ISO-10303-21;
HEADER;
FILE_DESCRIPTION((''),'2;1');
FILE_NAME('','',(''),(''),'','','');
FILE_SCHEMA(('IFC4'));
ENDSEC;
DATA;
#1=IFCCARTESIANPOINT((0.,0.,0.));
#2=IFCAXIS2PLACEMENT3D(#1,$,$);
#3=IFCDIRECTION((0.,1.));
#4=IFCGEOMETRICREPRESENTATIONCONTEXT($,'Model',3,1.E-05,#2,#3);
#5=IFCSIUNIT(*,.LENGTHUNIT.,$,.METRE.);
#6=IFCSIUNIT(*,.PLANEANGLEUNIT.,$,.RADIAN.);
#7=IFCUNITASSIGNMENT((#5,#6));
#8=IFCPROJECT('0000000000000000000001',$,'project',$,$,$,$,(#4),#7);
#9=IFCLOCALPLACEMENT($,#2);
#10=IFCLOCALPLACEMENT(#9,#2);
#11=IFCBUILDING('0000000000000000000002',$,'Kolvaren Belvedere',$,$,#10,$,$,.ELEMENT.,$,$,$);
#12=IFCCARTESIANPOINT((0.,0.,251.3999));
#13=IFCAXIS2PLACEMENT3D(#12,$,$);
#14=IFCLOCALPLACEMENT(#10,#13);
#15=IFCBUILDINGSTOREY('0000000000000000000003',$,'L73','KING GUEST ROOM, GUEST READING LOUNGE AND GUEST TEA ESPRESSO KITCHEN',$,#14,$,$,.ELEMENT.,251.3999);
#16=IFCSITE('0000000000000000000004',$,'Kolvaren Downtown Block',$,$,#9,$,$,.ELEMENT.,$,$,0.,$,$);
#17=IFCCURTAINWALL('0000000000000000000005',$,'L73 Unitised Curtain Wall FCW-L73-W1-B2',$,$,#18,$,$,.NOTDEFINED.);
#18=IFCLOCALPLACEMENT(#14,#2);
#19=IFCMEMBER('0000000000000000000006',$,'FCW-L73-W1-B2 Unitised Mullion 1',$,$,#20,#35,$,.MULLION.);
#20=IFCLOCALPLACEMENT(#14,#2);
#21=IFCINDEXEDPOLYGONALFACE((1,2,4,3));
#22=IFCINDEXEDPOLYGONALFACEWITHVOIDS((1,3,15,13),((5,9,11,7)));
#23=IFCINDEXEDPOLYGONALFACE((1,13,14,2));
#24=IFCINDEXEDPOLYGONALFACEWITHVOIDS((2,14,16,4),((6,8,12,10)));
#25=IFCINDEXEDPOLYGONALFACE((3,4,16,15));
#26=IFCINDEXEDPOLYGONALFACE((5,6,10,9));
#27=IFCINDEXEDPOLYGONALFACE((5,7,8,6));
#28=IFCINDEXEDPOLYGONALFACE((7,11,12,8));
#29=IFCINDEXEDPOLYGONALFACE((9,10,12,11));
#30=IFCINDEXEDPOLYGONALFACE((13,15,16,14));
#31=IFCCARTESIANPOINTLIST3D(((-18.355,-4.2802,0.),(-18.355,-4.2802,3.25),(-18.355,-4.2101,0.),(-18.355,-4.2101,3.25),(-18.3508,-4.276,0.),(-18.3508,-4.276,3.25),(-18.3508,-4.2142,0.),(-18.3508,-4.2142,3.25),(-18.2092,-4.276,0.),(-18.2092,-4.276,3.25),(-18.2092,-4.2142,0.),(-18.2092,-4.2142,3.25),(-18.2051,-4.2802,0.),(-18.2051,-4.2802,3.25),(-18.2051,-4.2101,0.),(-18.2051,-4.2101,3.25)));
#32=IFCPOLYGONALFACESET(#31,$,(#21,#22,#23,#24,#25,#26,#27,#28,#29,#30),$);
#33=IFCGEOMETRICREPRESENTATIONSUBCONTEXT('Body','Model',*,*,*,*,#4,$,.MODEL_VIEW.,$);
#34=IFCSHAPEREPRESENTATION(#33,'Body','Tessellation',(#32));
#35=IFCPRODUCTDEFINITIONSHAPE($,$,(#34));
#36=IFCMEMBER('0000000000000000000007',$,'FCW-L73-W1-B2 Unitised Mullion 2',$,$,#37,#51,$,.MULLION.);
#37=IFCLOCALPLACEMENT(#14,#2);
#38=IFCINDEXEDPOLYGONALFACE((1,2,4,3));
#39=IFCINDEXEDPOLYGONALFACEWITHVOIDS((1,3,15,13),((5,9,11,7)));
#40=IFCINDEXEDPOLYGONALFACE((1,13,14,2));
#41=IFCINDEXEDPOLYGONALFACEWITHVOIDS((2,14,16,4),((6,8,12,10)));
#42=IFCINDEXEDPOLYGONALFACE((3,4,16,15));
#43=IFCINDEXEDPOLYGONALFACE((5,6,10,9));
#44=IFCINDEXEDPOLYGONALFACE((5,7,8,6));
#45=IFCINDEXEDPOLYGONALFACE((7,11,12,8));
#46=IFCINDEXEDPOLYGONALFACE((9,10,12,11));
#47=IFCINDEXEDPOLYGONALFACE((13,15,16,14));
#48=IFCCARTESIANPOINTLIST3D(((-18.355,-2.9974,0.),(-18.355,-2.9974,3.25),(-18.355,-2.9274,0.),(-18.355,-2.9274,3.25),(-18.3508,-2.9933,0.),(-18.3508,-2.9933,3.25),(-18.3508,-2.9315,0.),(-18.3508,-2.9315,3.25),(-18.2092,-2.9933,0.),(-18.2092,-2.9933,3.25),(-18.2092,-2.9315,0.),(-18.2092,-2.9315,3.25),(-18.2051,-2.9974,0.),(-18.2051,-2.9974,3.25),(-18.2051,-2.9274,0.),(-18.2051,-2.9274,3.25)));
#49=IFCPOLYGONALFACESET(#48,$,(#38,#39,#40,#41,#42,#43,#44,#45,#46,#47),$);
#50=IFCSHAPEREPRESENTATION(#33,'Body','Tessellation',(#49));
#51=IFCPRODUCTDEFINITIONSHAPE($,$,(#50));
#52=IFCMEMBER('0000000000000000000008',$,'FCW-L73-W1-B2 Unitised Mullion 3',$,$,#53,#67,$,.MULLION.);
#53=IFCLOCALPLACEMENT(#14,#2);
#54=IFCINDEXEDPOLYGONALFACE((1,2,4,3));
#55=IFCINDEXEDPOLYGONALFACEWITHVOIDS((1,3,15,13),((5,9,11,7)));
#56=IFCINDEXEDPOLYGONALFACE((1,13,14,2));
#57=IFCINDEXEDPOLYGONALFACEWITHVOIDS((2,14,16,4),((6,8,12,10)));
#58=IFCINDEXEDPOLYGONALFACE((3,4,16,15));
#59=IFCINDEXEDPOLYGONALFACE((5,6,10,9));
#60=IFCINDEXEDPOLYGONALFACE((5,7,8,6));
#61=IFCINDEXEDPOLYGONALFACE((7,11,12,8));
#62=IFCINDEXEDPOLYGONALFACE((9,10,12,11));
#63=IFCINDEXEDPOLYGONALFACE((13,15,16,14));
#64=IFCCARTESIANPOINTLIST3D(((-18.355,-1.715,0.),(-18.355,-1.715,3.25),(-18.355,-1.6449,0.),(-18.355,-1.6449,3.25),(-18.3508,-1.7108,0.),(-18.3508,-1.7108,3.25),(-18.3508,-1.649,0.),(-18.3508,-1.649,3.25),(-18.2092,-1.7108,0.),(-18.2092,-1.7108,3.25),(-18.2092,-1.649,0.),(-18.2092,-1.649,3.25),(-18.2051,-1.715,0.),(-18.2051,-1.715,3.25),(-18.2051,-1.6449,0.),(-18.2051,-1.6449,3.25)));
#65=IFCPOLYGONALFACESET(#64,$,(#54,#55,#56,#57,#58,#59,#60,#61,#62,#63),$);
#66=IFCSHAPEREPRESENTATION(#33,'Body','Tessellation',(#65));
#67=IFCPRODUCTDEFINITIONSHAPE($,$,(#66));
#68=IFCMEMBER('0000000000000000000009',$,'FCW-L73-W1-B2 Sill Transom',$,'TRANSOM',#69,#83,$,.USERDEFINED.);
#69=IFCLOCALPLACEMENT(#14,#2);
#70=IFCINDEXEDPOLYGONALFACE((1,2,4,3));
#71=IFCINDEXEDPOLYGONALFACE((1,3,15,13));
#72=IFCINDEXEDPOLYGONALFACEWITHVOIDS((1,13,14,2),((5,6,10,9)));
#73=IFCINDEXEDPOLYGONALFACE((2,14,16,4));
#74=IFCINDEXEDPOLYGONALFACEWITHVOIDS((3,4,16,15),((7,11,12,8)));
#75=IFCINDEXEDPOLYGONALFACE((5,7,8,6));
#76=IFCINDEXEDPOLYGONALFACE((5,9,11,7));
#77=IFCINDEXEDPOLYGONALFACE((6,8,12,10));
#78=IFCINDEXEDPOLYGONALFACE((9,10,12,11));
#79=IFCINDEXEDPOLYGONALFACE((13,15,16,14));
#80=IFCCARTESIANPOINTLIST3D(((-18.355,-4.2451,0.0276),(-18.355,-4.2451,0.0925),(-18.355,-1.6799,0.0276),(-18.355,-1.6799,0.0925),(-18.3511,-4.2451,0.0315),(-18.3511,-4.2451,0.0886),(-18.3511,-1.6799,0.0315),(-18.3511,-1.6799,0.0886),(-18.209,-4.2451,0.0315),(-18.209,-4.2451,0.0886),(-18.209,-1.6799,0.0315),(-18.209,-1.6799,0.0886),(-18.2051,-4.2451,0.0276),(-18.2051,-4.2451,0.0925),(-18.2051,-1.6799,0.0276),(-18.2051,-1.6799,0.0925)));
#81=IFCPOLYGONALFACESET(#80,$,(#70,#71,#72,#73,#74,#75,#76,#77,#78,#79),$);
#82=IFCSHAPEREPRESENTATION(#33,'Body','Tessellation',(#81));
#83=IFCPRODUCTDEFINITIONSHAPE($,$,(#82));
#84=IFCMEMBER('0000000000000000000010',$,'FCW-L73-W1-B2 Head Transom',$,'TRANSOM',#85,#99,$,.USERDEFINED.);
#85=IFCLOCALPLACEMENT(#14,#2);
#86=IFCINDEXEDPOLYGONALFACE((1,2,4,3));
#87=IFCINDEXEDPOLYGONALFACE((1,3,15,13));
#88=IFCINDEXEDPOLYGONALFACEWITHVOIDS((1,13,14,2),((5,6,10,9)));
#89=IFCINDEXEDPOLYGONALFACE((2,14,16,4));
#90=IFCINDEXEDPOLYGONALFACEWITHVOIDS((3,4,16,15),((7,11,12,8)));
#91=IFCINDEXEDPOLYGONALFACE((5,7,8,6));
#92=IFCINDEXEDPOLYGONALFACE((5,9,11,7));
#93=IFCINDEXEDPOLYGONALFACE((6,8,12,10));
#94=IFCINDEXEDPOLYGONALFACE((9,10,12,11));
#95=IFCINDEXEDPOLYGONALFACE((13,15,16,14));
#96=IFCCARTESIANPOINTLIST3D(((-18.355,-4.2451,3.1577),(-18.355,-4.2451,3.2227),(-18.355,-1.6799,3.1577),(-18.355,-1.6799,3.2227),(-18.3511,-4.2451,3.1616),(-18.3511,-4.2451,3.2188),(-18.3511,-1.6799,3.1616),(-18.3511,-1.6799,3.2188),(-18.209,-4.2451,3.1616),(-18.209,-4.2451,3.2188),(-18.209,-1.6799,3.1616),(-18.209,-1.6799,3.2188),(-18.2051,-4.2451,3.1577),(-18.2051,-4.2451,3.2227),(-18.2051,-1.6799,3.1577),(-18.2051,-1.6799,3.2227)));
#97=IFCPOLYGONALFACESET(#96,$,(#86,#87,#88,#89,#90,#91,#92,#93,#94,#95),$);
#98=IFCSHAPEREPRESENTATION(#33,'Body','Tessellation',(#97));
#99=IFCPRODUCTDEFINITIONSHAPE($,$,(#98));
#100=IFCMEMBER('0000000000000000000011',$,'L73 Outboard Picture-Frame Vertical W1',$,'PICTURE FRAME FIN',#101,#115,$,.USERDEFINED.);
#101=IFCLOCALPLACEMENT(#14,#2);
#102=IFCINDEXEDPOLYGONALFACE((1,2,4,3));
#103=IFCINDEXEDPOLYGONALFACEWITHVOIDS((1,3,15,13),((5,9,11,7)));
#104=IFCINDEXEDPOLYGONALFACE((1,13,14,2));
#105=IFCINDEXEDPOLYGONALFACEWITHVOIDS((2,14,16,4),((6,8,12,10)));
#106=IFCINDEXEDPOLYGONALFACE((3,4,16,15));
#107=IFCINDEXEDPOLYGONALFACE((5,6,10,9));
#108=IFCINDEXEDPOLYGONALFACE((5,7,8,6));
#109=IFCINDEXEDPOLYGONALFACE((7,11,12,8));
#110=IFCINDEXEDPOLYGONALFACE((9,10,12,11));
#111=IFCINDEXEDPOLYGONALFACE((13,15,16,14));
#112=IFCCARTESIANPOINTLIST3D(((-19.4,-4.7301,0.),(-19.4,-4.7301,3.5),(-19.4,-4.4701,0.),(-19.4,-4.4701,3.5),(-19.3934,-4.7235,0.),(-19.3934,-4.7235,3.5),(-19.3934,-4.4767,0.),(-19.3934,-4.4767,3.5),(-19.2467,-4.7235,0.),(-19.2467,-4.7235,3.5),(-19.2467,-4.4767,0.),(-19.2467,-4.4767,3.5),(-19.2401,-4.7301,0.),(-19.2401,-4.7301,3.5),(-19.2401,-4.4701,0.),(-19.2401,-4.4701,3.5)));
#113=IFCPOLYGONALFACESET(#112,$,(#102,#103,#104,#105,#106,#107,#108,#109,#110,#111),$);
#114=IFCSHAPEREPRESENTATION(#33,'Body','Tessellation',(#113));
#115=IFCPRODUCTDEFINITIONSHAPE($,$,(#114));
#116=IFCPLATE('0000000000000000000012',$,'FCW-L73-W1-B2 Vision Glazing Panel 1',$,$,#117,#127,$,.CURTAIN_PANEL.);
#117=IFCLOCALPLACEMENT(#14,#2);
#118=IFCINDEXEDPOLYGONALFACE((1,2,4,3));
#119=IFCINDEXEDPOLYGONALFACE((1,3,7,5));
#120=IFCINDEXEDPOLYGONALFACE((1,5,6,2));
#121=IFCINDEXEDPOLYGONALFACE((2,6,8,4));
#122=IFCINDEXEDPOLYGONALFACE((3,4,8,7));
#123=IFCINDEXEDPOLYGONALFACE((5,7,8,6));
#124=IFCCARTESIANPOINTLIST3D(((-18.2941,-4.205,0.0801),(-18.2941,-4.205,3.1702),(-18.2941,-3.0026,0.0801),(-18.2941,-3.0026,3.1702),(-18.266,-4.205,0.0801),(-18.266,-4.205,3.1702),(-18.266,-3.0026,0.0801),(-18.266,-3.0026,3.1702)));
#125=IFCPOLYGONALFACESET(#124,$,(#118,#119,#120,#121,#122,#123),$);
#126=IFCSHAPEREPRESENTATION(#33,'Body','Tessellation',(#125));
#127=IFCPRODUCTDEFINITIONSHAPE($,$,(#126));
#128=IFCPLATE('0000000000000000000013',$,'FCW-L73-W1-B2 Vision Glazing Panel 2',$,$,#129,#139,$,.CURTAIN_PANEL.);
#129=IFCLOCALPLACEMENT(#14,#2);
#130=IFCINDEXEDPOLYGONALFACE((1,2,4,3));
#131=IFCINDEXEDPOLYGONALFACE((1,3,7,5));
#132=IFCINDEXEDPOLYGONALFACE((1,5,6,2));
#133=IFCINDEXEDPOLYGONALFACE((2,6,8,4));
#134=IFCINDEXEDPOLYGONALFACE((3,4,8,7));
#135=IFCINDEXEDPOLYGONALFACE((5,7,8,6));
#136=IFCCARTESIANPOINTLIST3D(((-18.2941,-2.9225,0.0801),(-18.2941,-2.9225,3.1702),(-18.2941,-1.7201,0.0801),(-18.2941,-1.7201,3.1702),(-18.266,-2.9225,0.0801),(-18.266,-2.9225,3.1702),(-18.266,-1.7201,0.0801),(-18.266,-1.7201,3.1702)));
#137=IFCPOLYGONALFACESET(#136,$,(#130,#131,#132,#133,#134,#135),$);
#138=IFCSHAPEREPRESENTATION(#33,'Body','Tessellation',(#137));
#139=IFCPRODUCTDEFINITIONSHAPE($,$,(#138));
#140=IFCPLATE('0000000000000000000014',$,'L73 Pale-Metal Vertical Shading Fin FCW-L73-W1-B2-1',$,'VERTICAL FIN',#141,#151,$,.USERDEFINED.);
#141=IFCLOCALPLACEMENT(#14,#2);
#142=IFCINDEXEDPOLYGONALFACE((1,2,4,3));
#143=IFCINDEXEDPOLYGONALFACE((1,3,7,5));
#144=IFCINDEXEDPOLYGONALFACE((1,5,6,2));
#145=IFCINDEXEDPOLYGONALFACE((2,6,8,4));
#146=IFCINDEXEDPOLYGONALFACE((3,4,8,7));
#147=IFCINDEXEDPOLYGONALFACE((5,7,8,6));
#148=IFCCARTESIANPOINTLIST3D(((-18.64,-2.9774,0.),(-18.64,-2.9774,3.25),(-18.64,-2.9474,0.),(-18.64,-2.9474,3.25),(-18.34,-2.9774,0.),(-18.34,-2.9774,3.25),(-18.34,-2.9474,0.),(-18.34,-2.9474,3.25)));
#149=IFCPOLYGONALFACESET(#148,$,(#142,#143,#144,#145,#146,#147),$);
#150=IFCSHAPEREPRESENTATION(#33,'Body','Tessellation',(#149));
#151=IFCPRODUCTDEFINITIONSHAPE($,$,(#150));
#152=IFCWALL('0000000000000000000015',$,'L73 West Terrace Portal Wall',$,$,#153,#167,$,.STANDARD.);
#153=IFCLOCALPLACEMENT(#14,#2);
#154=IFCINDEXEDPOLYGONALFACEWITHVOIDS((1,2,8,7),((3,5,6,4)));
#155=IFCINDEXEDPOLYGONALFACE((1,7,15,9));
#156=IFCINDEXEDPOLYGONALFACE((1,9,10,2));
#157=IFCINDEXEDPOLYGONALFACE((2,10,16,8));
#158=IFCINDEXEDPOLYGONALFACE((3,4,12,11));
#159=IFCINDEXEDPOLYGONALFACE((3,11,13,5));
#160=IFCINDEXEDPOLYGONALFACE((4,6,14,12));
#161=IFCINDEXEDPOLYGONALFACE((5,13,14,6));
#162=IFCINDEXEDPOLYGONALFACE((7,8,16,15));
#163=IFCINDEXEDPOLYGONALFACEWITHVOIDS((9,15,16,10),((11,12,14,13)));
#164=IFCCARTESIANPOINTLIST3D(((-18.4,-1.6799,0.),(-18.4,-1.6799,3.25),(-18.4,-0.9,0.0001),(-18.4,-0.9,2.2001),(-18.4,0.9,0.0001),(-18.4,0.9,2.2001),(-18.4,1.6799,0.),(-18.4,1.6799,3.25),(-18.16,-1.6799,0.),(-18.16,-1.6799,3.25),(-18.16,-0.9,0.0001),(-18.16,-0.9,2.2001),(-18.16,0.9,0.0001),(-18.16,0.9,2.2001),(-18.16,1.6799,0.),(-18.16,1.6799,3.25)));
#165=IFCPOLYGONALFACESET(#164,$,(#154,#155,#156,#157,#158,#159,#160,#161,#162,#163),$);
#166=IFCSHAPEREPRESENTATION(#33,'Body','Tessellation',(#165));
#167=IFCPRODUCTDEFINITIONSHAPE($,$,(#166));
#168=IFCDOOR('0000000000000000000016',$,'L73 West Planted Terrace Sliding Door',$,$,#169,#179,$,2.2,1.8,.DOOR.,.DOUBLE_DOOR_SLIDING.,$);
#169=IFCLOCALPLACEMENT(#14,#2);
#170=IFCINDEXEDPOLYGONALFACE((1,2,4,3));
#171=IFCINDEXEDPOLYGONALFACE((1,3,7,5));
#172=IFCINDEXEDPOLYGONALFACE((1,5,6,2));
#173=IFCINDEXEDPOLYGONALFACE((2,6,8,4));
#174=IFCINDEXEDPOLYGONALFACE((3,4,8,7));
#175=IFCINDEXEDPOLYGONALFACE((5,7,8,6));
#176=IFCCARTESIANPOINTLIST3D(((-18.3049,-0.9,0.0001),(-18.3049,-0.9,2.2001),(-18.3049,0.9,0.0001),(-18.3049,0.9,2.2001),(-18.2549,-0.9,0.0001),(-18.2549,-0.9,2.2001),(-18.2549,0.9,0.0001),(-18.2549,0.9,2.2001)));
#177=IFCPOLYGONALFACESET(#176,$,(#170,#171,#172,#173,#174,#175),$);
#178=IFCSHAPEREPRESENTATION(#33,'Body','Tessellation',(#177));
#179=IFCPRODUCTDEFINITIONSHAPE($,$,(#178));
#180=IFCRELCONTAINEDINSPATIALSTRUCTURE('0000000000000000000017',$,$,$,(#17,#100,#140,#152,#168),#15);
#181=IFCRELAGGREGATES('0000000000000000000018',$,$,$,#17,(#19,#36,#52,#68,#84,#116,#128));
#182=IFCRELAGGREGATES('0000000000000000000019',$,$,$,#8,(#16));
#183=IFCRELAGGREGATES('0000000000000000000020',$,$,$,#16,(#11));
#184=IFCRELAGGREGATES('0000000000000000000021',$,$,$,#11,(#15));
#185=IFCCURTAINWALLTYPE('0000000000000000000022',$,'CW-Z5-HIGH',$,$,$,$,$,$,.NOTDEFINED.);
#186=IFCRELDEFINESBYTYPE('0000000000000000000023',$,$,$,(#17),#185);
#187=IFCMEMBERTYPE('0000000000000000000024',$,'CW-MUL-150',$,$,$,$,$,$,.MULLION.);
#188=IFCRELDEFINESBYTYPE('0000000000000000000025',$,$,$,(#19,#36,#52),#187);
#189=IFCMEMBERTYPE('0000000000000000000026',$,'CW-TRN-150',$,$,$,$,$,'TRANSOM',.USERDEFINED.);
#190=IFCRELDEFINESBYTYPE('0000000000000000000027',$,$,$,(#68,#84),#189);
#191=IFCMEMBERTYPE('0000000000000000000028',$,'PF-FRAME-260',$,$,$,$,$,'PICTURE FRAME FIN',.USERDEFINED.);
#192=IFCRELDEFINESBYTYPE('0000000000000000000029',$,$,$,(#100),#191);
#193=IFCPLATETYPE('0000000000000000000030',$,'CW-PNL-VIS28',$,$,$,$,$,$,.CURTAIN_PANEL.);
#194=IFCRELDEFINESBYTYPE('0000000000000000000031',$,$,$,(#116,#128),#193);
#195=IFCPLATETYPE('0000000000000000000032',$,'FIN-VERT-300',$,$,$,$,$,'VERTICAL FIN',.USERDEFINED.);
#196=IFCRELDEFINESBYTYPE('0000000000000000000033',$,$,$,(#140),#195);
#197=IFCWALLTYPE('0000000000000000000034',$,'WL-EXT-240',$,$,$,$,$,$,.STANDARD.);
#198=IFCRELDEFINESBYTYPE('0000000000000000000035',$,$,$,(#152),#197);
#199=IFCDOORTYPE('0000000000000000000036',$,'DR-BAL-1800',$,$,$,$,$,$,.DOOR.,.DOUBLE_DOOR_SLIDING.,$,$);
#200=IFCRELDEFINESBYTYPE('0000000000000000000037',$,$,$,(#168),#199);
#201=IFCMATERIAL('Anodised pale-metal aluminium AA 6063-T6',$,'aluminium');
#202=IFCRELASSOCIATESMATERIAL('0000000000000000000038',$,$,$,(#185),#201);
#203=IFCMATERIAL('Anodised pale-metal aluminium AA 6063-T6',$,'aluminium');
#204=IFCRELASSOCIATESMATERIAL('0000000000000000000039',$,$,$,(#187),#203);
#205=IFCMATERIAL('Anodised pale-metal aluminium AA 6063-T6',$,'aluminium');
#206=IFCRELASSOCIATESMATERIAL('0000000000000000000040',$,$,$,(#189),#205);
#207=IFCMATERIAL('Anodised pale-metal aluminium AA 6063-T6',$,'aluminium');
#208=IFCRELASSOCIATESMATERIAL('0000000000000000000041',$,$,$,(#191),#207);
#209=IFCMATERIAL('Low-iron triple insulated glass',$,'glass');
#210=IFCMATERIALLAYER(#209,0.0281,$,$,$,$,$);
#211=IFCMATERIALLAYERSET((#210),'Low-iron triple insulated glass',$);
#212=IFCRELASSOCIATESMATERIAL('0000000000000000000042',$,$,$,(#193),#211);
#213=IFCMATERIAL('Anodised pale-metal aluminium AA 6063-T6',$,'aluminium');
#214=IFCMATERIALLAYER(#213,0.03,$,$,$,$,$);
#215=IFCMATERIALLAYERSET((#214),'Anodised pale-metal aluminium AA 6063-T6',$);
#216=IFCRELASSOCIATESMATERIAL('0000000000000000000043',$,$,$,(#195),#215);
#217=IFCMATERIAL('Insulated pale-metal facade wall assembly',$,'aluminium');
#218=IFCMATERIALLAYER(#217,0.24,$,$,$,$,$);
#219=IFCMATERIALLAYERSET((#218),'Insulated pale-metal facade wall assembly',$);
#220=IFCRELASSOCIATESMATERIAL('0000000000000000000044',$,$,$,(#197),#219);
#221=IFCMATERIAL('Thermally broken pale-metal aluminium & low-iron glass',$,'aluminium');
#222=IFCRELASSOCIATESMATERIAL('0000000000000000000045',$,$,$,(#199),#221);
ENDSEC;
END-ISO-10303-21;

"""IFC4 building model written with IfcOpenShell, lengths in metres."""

from ifc_helpers import new_model, si_unit, direction, frame, frame_2d, origin, origin_2d, place, context, subcontext, project, spatial, rectangle, hollow_rectangle, extrude, material, layer, layer_set, material_profile, profile_set, type_object, element, fill, aggregate, save


model = new_model("IFC4")

# Units and contexts
model_context = context("Model", 3, precision=1e-05, world=origin(), true_north=direction((0.0, 1.0)))
body_context = subcontext(model_context, "Body", "Model", "MODEL_VIEW")
ifc_project = project(units=[si_unit("LENGTHUNIT", "METRE"), si_unit("PLANEANGLEUNIT", "RADIAN")], contexts=[model_context])

# Site, building, storey
site_placement = place(None, origin())
site = spatial("IfcSite", under=ifc_project, at=site_placement, Name="Kolvaren Downtown Block", CompositionType="ELEMENT", RefElevation=0.0)
building_placement = place(site_placement, origin())
building = spatial("IfcBuilding", under=site, at=building_placement, Name="Kolvaren Belvedere", CompositionType="ELEMENT")
storey_placement = place(building_placement, frame((0.0, 0.0, 251.3999)))
storey = spatial("IfcBuildingStorey", under=building, at=storey_placement, Name="L73", Description="KING GUEST ROOM, GUEST READING LOUNGE AND GUEST TEA ESPRESSO KITCHEN", CompositionType="ELEMENT", Elevation=251.3999)

# Shared definitions
ifc_material_1 = material(Name="Anodised pale-metal aluminium AA 6063-T6", Category="aluminium")
curtain_wall_type = type_object("IfcCurtainWallType", Name="CW-Z5-HIGH", PredefinedType="NOTDEFINED", material=ifc_material_1)
ifc_material_2 = material(Name="Anodised pale-metal aluminium AA 6063-T6", Category="aluminium")
ifc_material_profile_1 = material_profile(ifc_material_2, hollow_rectangle(XDim=0.0701, YDim=0.1499, WallThickness=0.0042, at=origin_2d()), Name="ALU-MUL-150X70")
ifc_profile_set_1 = profile_set([ifc_material_profile_1], Name="Anodised pale-metal aluminium AA 6063-T6")
member_type_1 = type_object("IfcMemberType", Name="CW-MUL-150", PredefinedType="MULLION", material=ifc_profile_set_1)

# Curtain wall, members
curtain_wall_1_placement = place(storey_placement, origin())
curtain_wall_1 = element("IfcCurtainWall", 1, at=curtain_wall_1_placement, inside=storey, type_object=curtain_wall_type, Name="L73 Unitised Curtain Wall FCW-L73-W1-B2", PredefinedType="NOTDEFINED")
member_1_placement = place(storey_placement, frame((-18.28, -4.2451, 0.0), z_axis=(0.0, 0.0, 1.0), x_axis=(0.0, 1.0, 0.0)))
member_1 = element("IfcMember", 2, at=member_1_placement, type_object=member_type_1, Name="FCW-L73-W1-B2 Unitised Mullion 1", PredefinedType="MULLION", context=body_context, shape_type="SweptSolid", body=[
    extrude(hollow_rectangle(XDim=0.0701, YDim=0.1499, WallThickness=0.0042, at=origin_2d()), origin(), (0.0, 0.0, 1.0), 3.25),
])
member_2_placement = place(storey_placement, frame((-18.28, -2.9624, 0.0), z_axis=(0.0, 0.0, 1.0), x_axis=(0.0, 1.0, 0.0)))
member_2 = element("IfcMember", 3, at=member_2_placement, type_object=member_type_1, Name="FCW-L73-W1-B2 Unitised Mullion 2", PredefinedType="MULLION", context=body_context, shape_type="SweptSolid", body=[
    extrude(hollow_rectangle(XDim=0.0701, YDim=0.1499, WallThickness=0.0042, at=origin_2d()), origin(), (0.0, 0.0, 1.0), 3.25),
])
member_3_placement = place(storey_placement, frame((-18.28, -1.6799, 0.0), z_axis=(0.0, 0.0, 1.0), x_axis=(0.0, 1.0, 0.0)))
member_3 = element("IfcMember", 4, at=member_3_placement, type_object=member_type_1, Name="FCW-L73-W1-B2 Unitised Mullion 3", PredefinedType="MULLION", context=body_context, shape_type="SweptSolid", body=[
    extrude(hollow_rectangle(XDim=0.0701, YDim=0.1499, WallThickness=0.0042, at=origin_2d()), origin(), (0.0, 0.0, 1.0), 3.25),
])
ifc_material_3 = material(Name="Anodised pale-metal aluminium AA 6063-T6", Category="aluminium")
ifc_material_profile_2 = material_profile(ifc_material_3, hollow_rectangle(XDim=0.0649, YDim=0.1499, WallThickness=0.0039, at=origin_2d()), Name="ALU-TRN-150X65")
ifc_profile_set_2 = profile_set([ifc_material_profile_2], Name="Anodised pale-metal aluminium AA 6063-T6")
member_type_2 = type_object("IfcMemberType", Name="CW-TRN-150", ElementType="TRANSOM", PredefinedType="USERDEFINED", material=ifc_profile_set_2)
member_4_placement = place(storey_placement, frame((-18.28, -4.2451, 0.0601), z_axis=(0.0, 1.0, 0.0), x_axis=(0.0, 0.0, 1.0)))
member_4 = element("IfcMember", 5, at=member_4_placement, type_object=member_type_2, Name="FCW-L73-W1-B2 Sill Transom", ObjectType="TRANSOM", PredefinedType="USERDEFINED", context=body_context, shape_type="SweptSolid", body=[
    extrude(hollow_rectangle(XDim=0.0649, YDim=0.1499, WallThickness=0.0039, at=origin_2d()), origin(), (0.0, 0.0, 1.0), 2.5652),
])
member_5_placement = place(storey_placement, frame((-18.28, -4.2451, 3.1902), z_axis=(0.0, 1.0, 0.0), x_axis=(0.0, 0.0, 1.0)))
member_5 = element("IfcMember", 6, at=member_5_placement, type_object=member_type_2, Name="FCW-L73-W1-B2 Head Transom", ObjectType="TRANSOM", PredefinedType="USERDEFINED", context=body_context, shape_type="SweptSolid", body=[
    extrude(hollow_rectangle(XDim=0.0649, YDim=0.1499, WallThickness=0.0039, at=origin_2d()), origin(), (0.0, 0.0, 1.0), 2.5652),
])

# Member
ifc_material_4 = material(Name="Anodised pale-metal aluminium AA 6063-T6", Category="aluminium")
ifc_material_profile_3 = material_profile(ifc_material_4, hollow_rectangle(XDim=0.1599, YDim=0.26, WallThickness=0.0066, at=origin_2d()), Name="ALU-PF-260X160")
ifc_profile_set_3 = profile_set([ifc_material_profile_3], Name="Anodised pale-metal aluminium AA 6063-T6")
member_type_3 = type_object("IfcMemberType", Name="PF-FRAME-260", ElementType="PICTURE FRAME FIN", PredefinedType="USERDEFINED", material=ifc_profile_set_3)
member_6_placement = place(storey_placement, frame((-19.3201, -4.6001, 0.0), z_axis=(0.0, 0.0, 1.0), x_axis=(1.0, 0.0, 0.0)))
element("IfcMember", 7, at=member_6_placement, inside=storey, type_object=member_type_3, Name="L73 Outboard Picture-Frame Vertical W1", ObjectType="PICTURE FRAME FIN", PredefinedType="USERDEFINED", context=body_context, shape_type="SweptSolid", body=[
    extrude(hollow_rectangle(XDim=0.1599, YDim=0.26, WallThickness=0.0066, at=origin_2d()), origin(), (0.0, 0.0, 1.0), 3.5),
])

# Plates
ifc_material_5 = material(Name="Low-iron triple insulated glass", Category="glass")
ifc_layer_1 = layer(ifc_material_5, 0.0281)
ifc_layer_set_1 = layer_set([ifc_layer_1], Name="Low-iron triple insulated glass")
plate_type_1 = type_object("IfcPlateType", Name="CW-PNL-VIS28", PredefinedType="CURTAIN_PANEL", material=ifc_layer_set_1)
plate_1_placement = place(storey_placement, frame((-18.28, -3.6038, 0.0801), z_axis=(0.0, 0.0, 1.0), x_axis=(0.0, 1.0, 0.0)))
plate_1 = element("IfcPlate", 8, at=plate_1_placement, type_object=plate_type_1, Name="FCW-L73-W1-B2 Vision Glazing Panel 1", PredefinedType="CURTAIN_PANEL", context=body_context, shape_type="SweptSolid", body=[
    extrude(rectangle(XDim=1.2024, YDim=0.0281, at=origin_2d()), origin(), (0.0, 0.0, 1.0), 3.0901),
])
plate_2_placement = place(storey_placement, frame((-18.28, -2.3213, 0.0801), z_axis=(0.0, 0.0, 1.0), x_axis=(0.0, 1.0, 0.0)))
plate_2 = element("IfcPlate", 9, at=plate_2_placement, type_object=plate_type_1, Name="FCW-L73-W1-B2 Vision Glazing Panel 2", PredefinedType="CURTAIN_PANEL", context=body_context, shape_type="SweptSolid", body=[
    extrude(rectangle(XDim=1.2024, YDim=0.0281, at=origin_2d()), origin(), (0.0, 0.0, 1.0), 3.0901),
])
aggregate(curtain_wall_1, [member_1, member_2, member_3, member_4, member_5, plate_1, plate_2])
ifc_material_6 = material(Name="Anodised pale-metal aluminium AA 6063-T6", Category="aluminium")
ifc_layer_2 = layer(ifc_material_6, 0.03)
ifc_layer_set_2 = layer_set([ifc_layer_2], Name="Anodised pale-metal aluminium AA 6063-T6")
plate_type_2 = type_object("IfcPlateType", Name="FIN-VERT-300", ElementType="VERTICAL FIN", PredefinedType="USERDEFINED", material=ifc_layer_set_2)
plate_3_placement = place(storey_placement, frame((-18.49, -2.9624, 0.0), z_axis=(0.0, 0.0, 1.0), x_axis=(1.0, 0.0, 0.0)))
element("IfcPlate", 10, at=plate_3_placement, inside=storey, type_object=plate_type_2, Name="L73 Pale-Metal Vertical Shading Fin FCW-L73-W1-B2-1", ObjectType="VERTICAL FIN", PredefinedType="USERDEFINED", context=body_context, shape_type="SweptSolid", body=[
    extrude(rectangle(XDim=0.3, YDim=0.03, at=origin_2d()), origin(), (0.0, 0.0, 1.0), 3.25),
])

# Wall, opening, door
ifc_material_7 = material(Name="Insulated pale-metal facade wall assembly", Category="aluminium")
ifc_layer_3 = layer(ifc_material_7, 0.24)
ifc_layer_set_3 = layer_set([ifc_layer_3], Name="Insulated pale-metal facade wall assembly")
wall_type_1 = type_object("IfcWallType", Name="WL-EXT-240", PredefinedType="STANDARD", material=ifc_layer_set_3)
wall_1_placement = place(storey_placement, frame((-18.28, -1.6799, 0.0), z_axis=(0.0, 0.0, 1.0), x_axis=(0.0, 1.0, 0.0)))
wall_1 = element("IfcWall", 11, at=wall_1_placement, inside=storey, type_object=wall_type_1, Name="L73 West Terrace Portal Wall", PredefinedType="STANDARD", context=body_context, shape_type="SweptSolid", body=[
    extrude(rectangle(XDim=3.3599, YDim=0.24, at=frame_2d((1.6799, 0.0))), origin(), (0.0, 0.0, 1.0), 3.25),
])
opening_1_placement = place(wall_1_placement, frame((0.78, 0.0, 0.0)))
opening_1 = element("IfcOpeningElement", 12, at=opening_1_placement, cuts=wall_1, PredefinedType="OPENING", context=body_context, shape_type="SweptSolid", body=[
    extrude(rectangle(XDim=1.8, YDim=2.2, at=frame_2d((0.8999, 1.1001))), frame((0.0, 0.1299, 0.0), z_axis=(0.0, -1.0, 0.0), x_axis=(1.0, 0.0, 0.0)), (0.0, 0.0, 1.0), 0.26),
])
ifc_material_8 = material(Name="Thermally broken pale-metal aluminium & low-iron glass", Category="aluminium")
door_type_1 = type_object("IfcDoorType", Name="DR-BAL-1800", OperationType="DOUBLE_DOOR_SLIDING", PredefinedType="DOOR", material=ifc_material_8)
door_1_placement = place(opening_1_placement, origin())
door_1 = element("IfcDoor", 13, at=door_1_placement, inside=storey, type_object=door_type_1, Name="L73 West Planted Terrace Sliding Door", OperationType="DOUBLE_DOOR_SLIDING", OverallHeight=2.2, OverallWidth=1.8, PredefinedType="DOOR", context=body_context, shape_type="SweptSolid", body=[
    extrude(rectangle(XDim=1.8, YDim=2.2, at=frame_2d((0.8999, 1.1001))), frame((0.0, 0.0249, 0.0), z_axis=(0.0, -1.0, 0.0), x_axis=(1.0, 0.0, 0.0)), (0.0, 0.0, 1.0), 0.05),
])
fill(opening_1, door_1)

save(model, "model.ifc")
